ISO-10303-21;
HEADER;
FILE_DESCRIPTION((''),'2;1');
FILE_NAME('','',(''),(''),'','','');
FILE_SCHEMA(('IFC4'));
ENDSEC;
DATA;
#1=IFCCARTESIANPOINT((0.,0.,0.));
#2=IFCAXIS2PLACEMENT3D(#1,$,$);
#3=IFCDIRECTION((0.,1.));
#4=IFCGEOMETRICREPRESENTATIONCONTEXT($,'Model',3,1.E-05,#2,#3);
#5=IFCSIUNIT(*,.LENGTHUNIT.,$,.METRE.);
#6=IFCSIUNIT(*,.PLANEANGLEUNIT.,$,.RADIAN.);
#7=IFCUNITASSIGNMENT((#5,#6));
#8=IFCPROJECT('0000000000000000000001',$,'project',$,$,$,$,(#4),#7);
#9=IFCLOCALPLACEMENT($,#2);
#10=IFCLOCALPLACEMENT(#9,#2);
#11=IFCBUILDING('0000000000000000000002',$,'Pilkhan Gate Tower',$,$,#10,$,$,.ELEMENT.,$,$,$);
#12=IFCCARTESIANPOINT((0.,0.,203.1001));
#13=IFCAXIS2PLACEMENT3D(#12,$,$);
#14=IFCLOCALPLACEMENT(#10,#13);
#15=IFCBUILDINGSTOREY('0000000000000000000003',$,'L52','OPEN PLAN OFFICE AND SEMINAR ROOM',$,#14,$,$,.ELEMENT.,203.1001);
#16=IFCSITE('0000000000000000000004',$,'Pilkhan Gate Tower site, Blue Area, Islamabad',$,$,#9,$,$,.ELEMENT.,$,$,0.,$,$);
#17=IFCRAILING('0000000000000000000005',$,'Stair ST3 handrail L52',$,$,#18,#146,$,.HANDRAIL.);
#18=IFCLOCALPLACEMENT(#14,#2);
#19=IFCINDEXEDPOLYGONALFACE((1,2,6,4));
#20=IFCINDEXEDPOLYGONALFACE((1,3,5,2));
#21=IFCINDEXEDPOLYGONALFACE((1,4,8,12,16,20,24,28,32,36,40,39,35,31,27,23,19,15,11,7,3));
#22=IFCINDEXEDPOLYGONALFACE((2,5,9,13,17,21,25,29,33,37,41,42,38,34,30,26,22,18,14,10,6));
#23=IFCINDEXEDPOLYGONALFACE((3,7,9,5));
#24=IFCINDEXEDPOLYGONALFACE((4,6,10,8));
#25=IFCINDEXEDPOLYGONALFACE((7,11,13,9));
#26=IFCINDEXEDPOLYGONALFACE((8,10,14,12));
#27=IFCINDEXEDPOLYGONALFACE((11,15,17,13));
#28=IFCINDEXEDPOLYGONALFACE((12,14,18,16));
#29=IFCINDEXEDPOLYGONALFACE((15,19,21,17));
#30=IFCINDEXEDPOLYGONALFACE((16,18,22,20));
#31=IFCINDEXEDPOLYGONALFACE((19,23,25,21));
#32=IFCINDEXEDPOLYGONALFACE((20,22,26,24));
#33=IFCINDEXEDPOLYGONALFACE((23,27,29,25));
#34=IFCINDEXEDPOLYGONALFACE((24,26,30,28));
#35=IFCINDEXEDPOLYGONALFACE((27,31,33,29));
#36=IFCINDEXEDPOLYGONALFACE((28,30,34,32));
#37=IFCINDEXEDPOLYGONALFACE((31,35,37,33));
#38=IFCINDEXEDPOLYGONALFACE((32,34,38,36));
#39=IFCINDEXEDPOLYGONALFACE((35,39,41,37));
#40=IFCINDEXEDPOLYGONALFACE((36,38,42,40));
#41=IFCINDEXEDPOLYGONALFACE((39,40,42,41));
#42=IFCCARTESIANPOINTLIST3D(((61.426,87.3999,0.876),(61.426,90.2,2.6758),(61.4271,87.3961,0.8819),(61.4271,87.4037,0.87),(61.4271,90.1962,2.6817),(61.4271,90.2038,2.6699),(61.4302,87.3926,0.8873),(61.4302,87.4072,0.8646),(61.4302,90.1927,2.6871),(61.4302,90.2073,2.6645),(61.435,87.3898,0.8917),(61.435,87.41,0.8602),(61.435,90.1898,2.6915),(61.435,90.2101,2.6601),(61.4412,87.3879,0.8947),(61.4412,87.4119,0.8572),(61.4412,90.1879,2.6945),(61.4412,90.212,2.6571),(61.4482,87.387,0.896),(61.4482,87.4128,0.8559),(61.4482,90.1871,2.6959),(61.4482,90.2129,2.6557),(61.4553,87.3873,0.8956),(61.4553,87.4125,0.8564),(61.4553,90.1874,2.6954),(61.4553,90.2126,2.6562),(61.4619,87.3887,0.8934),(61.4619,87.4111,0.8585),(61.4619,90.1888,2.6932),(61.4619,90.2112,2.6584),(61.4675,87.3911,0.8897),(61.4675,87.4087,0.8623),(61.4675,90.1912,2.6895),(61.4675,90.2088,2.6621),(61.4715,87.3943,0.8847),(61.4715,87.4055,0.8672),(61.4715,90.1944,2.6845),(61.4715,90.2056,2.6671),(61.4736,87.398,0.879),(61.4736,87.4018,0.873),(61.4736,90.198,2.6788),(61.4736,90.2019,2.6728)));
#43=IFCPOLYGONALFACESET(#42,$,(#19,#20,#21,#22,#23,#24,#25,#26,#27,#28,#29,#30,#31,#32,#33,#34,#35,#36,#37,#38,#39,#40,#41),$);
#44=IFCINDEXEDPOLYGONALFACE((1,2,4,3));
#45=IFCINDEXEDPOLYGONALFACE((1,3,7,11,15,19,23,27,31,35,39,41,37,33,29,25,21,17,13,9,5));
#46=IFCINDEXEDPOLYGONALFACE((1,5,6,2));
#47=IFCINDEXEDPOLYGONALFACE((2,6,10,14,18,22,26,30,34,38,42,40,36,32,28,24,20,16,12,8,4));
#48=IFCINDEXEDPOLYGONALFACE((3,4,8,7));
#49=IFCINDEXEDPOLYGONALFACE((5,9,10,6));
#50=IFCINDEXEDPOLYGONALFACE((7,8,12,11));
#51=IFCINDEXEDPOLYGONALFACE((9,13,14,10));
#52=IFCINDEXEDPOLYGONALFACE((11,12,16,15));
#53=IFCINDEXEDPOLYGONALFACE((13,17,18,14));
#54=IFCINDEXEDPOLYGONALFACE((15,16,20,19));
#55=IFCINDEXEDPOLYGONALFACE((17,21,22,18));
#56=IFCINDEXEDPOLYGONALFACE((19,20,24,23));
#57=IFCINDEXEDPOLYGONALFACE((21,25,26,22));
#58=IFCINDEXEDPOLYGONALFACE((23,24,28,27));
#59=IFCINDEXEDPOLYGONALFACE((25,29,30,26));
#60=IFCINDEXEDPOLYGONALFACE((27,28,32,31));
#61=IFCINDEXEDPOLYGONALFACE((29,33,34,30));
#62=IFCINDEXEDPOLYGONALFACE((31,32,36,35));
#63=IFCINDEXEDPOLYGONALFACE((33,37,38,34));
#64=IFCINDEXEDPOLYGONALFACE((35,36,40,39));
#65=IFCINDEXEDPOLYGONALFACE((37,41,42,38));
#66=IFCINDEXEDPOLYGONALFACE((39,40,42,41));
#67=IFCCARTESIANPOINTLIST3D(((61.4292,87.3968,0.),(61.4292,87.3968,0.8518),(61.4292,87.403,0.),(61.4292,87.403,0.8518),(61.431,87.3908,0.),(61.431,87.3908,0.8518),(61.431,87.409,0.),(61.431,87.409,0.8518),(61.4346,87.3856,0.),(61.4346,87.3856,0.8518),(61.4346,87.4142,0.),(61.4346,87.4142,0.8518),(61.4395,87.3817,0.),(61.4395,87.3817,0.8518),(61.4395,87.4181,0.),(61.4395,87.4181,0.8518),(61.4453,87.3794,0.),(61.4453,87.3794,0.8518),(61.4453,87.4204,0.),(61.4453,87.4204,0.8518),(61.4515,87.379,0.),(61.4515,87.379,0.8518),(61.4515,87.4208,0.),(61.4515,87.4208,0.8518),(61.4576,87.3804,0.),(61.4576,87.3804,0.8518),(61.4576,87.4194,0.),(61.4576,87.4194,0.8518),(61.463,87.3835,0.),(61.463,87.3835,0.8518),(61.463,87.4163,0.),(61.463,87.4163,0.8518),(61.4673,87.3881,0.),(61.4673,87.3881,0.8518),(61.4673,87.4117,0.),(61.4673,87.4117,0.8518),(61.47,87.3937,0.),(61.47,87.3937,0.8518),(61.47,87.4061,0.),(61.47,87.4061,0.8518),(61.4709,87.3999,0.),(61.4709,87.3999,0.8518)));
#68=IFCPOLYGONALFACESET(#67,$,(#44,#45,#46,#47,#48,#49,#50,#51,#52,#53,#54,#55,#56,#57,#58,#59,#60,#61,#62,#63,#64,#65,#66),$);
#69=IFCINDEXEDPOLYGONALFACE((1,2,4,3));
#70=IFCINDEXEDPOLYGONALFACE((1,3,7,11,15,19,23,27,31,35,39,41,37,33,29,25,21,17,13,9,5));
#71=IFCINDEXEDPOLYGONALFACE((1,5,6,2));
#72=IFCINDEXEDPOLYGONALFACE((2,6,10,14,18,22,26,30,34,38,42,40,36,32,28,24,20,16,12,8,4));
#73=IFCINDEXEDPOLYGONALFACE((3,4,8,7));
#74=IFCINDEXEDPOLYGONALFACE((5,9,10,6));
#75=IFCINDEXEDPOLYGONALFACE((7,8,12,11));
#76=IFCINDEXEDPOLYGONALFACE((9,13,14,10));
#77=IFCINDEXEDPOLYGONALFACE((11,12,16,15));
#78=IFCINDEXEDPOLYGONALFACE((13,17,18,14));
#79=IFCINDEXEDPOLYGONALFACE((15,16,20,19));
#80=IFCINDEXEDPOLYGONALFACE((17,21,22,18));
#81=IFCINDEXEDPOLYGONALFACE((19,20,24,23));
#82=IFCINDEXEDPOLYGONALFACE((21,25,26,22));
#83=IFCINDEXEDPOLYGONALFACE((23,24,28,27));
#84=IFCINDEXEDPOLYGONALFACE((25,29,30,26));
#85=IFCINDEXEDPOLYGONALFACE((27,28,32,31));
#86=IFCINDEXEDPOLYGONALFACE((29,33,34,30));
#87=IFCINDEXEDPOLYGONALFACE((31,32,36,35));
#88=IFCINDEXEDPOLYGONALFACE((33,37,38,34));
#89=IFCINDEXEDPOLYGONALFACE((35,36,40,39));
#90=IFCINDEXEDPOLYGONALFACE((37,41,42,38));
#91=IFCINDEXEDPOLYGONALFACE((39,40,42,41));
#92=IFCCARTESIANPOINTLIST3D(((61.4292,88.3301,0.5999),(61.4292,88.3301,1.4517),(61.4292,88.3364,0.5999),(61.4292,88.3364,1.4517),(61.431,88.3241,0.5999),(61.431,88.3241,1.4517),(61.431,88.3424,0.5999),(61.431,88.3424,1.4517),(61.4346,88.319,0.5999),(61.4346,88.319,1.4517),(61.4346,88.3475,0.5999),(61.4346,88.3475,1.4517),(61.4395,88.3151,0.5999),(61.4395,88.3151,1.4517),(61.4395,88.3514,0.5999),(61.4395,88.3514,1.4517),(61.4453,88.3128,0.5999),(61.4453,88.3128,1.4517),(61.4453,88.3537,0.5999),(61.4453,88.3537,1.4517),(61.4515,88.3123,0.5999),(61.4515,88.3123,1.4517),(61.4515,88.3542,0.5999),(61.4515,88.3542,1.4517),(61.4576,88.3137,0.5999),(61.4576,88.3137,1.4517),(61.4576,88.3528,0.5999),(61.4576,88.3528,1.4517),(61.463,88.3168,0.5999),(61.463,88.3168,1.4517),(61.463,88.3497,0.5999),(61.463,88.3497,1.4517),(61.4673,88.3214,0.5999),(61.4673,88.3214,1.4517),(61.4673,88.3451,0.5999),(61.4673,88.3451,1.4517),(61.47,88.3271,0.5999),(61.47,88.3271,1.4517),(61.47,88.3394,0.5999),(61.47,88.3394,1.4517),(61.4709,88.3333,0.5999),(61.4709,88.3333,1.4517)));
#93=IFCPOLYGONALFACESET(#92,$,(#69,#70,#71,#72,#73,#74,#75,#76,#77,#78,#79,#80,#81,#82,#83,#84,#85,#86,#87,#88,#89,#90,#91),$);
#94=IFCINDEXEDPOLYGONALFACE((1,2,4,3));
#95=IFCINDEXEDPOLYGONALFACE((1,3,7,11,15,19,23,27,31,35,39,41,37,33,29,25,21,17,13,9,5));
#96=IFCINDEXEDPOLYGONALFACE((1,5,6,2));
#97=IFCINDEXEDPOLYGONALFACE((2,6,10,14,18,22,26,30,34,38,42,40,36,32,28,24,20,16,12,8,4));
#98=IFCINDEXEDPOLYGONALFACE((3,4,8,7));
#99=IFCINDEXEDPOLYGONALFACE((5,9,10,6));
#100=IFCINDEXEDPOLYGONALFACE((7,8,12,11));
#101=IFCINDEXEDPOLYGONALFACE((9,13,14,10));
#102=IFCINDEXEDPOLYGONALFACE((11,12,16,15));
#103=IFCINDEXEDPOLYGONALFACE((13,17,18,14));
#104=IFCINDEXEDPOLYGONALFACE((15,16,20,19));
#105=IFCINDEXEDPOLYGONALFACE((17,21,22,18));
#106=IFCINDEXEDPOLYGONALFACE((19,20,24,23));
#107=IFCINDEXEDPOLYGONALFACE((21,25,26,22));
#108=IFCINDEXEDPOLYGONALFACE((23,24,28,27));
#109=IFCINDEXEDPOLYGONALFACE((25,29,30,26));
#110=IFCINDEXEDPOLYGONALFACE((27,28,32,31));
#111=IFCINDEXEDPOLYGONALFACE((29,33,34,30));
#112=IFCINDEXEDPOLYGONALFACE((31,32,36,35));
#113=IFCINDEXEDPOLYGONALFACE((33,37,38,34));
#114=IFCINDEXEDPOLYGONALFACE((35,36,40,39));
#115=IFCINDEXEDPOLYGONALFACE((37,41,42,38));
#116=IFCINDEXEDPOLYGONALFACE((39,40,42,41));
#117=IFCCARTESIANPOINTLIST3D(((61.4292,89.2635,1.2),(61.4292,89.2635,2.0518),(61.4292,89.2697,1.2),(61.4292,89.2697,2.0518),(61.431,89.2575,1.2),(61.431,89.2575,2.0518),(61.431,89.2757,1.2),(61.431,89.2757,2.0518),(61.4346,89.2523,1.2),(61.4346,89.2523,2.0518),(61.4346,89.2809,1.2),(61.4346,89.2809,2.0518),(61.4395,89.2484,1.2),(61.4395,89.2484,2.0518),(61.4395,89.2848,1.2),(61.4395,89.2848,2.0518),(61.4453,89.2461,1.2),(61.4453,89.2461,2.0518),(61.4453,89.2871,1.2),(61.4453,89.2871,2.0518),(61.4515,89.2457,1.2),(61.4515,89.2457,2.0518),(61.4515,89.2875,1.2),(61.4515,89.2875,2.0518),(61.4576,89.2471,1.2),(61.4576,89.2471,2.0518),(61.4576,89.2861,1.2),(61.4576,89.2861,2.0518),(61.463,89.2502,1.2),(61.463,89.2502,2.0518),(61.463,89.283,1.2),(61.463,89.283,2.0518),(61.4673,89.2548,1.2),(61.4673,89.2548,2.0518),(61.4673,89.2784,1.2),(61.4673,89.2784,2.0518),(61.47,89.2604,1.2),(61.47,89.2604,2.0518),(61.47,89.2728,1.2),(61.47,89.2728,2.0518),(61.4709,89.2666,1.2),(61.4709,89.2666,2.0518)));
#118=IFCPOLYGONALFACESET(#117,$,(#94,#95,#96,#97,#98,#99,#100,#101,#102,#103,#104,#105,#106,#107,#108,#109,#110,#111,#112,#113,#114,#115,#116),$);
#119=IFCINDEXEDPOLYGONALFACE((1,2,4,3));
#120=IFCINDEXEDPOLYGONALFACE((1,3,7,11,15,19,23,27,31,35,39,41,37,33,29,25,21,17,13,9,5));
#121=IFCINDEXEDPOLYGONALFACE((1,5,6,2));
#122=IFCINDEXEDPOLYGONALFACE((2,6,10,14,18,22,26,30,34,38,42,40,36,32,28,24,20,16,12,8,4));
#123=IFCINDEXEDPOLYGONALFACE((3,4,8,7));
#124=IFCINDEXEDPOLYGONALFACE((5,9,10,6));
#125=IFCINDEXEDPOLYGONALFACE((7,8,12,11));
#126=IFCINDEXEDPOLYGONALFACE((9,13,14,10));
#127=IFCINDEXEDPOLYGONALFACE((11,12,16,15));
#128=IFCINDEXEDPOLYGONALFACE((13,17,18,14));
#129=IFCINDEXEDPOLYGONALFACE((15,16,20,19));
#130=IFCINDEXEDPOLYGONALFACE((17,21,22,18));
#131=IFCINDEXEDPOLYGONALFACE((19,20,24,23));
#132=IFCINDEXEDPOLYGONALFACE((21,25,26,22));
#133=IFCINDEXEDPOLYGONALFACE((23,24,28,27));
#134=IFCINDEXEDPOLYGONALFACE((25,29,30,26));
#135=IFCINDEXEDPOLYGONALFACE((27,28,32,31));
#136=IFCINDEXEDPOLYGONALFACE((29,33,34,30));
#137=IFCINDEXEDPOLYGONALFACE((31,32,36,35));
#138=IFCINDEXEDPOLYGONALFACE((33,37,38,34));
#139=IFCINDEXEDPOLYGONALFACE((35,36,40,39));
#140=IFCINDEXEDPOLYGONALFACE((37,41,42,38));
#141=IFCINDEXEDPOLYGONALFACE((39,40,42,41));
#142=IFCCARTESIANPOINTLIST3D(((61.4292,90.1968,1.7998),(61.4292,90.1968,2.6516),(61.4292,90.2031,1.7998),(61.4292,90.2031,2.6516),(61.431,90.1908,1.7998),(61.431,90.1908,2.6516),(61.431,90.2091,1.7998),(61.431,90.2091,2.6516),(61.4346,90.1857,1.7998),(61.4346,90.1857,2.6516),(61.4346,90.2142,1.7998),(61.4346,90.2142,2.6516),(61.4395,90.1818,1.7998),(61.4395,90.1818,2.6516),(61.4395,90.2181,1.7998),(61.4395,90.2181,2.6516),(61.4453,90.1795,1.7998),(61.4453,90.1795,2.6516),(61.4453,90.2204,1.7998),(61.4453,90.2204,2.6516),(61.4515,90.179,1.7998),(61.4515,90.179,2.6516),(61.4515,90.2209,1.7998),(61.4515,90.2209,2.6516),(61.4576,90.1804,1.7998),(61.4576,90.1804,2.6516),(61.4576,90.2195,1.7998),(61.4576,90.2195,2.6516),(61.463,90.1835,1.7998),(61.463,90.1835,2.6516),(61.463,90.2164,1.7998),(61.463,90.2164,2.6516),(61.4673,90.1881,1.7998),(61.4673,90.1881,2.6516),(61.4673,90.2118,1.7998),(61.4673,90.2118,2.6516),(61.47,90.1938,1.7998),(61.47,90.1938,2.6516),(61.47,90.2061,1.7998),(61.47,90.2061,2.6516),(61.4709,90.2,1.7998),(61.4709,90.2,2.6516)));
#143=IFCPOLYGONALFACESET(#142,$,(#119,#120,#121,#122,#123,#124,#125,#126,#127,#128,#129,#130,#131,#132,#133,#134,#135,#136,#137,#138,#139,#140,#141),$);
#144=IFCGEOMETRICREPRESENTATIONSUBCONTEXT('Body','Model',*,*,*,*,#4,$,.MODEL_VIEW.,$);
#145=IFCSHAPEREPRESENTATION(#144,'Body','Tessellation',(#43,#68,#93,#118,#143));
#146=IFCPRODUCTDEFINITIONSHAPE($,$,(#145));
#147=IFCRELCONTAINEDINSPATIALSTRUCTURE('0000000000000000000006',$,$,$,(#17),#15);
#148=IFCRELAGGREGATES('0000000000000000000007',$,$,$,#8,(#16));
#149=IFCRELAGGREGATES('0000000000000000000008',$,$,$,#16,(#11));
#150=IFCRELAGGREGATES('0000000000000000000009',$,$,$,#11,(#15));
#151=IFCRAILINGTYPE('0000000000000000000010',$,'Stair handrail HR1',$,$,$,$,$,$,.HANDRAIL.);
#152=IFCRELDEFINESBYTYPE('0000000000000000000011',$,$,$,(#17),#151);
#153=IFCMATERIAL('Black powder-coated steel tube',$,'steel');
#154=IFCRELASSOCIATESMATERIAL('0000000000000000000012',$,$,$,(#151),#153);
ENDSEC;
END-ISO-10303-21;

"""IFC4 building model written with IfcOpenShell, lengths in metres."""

from ifc_helpers import new_model, si_unit, direction, frame, origin, origin_2d, place, context, subcontext, project, spatial, circle, extrude, material, type_object, element, save


model = new_model("IFC4")

# Units and contexts
model_context = context("Model", 3, precision=1e-05, world=origin(), true_north=direction((0.0, 1.0)))
body_context = subcontext(model_context, "Body", "Model", "MODEL_VIEW")
ifc_project = project(units=[si_unit("LENGTHUNIT", "METRE"), si_unit("PLANEANGLEUNIT", "RADIAN")], contexts=[model_context])

# Site, building, storey
site_placement = place(None, origin())
site = spatial("IfcSite", under=ifc_project, at=site_placement, Name="Pilkhan Gate Tower site, Blue Area, Islamabad", CompositionType="ELEMENT", RefElevation=0.0)
building_placement = place(site_placement, origin())
building = spatial("IfcBuilding", under=site, at=building_placement, Name="Pilkhan Gate Tower", CompositionType="ELEMENT")
storey_placement = place(building_placement, frame((0.0, 0.0, 203.1001)))
storey = spatial("IfcBuildingStorey", under=building, at=storey_placement, Name="L52", Description="OPEN PLAN OFFICE AND SEMINAR ROOM", CompositionType="ELEMENT", Elevation=203.1001)

# Railing
ifc_material_1 = material(Name="Black powder-coated steel tube", Category="steel")
railing_type_1 = type_object("IfcRailingType", Name="Stair handrail HR1", PredefinedType="HANDRAIL", material=ifc_material_1)
for number, where, name in (
    (1, (61.45, 87.3999, 0.0), "Stair ST3 handrail L52"),
):
    element("IfcRailing", number, at=place(storey_placement, frame(where)), inside=storey, type_object=railing_type_1, Name=name, PredefinedType="HANDRAIL", context=body_context, shape_type="SweptSolid", body=[
        extrude(circle(Radius=0.0239, at=origin_2d()), frame((0.0, 0.0, 0.876), z_axis=(0.0, 0.841209, 0.540709), x_axis=(-1.0, 0.0, 0.0)), (0.0, 0.0, 1.0), 3.3286),
        extrude(circle(Radius=0.021, at=origin_2d()), origin(), (0.0, 0.0, 1.0), 0.8518),
        extrude(circle(Radius=0.021, at=origin_2d()), frame((0.0, 0.9333, 0.5999)), (0.0, 0.0, 1.0), 0.8518),
        extrude(circle(Radius=0.021, at=origin_2d()), frame((0.0, 1.8667, 1.2)), (0.0, 0.0, 1.0), 0.8518),
        extrude(circle(Radius=0.021, at=origin_2d()), frame((0.0, 2.8, 1.7998)), (0.0, 0.0, 1.0), 0.8518),
    ])

save(model, "model.ifc")
